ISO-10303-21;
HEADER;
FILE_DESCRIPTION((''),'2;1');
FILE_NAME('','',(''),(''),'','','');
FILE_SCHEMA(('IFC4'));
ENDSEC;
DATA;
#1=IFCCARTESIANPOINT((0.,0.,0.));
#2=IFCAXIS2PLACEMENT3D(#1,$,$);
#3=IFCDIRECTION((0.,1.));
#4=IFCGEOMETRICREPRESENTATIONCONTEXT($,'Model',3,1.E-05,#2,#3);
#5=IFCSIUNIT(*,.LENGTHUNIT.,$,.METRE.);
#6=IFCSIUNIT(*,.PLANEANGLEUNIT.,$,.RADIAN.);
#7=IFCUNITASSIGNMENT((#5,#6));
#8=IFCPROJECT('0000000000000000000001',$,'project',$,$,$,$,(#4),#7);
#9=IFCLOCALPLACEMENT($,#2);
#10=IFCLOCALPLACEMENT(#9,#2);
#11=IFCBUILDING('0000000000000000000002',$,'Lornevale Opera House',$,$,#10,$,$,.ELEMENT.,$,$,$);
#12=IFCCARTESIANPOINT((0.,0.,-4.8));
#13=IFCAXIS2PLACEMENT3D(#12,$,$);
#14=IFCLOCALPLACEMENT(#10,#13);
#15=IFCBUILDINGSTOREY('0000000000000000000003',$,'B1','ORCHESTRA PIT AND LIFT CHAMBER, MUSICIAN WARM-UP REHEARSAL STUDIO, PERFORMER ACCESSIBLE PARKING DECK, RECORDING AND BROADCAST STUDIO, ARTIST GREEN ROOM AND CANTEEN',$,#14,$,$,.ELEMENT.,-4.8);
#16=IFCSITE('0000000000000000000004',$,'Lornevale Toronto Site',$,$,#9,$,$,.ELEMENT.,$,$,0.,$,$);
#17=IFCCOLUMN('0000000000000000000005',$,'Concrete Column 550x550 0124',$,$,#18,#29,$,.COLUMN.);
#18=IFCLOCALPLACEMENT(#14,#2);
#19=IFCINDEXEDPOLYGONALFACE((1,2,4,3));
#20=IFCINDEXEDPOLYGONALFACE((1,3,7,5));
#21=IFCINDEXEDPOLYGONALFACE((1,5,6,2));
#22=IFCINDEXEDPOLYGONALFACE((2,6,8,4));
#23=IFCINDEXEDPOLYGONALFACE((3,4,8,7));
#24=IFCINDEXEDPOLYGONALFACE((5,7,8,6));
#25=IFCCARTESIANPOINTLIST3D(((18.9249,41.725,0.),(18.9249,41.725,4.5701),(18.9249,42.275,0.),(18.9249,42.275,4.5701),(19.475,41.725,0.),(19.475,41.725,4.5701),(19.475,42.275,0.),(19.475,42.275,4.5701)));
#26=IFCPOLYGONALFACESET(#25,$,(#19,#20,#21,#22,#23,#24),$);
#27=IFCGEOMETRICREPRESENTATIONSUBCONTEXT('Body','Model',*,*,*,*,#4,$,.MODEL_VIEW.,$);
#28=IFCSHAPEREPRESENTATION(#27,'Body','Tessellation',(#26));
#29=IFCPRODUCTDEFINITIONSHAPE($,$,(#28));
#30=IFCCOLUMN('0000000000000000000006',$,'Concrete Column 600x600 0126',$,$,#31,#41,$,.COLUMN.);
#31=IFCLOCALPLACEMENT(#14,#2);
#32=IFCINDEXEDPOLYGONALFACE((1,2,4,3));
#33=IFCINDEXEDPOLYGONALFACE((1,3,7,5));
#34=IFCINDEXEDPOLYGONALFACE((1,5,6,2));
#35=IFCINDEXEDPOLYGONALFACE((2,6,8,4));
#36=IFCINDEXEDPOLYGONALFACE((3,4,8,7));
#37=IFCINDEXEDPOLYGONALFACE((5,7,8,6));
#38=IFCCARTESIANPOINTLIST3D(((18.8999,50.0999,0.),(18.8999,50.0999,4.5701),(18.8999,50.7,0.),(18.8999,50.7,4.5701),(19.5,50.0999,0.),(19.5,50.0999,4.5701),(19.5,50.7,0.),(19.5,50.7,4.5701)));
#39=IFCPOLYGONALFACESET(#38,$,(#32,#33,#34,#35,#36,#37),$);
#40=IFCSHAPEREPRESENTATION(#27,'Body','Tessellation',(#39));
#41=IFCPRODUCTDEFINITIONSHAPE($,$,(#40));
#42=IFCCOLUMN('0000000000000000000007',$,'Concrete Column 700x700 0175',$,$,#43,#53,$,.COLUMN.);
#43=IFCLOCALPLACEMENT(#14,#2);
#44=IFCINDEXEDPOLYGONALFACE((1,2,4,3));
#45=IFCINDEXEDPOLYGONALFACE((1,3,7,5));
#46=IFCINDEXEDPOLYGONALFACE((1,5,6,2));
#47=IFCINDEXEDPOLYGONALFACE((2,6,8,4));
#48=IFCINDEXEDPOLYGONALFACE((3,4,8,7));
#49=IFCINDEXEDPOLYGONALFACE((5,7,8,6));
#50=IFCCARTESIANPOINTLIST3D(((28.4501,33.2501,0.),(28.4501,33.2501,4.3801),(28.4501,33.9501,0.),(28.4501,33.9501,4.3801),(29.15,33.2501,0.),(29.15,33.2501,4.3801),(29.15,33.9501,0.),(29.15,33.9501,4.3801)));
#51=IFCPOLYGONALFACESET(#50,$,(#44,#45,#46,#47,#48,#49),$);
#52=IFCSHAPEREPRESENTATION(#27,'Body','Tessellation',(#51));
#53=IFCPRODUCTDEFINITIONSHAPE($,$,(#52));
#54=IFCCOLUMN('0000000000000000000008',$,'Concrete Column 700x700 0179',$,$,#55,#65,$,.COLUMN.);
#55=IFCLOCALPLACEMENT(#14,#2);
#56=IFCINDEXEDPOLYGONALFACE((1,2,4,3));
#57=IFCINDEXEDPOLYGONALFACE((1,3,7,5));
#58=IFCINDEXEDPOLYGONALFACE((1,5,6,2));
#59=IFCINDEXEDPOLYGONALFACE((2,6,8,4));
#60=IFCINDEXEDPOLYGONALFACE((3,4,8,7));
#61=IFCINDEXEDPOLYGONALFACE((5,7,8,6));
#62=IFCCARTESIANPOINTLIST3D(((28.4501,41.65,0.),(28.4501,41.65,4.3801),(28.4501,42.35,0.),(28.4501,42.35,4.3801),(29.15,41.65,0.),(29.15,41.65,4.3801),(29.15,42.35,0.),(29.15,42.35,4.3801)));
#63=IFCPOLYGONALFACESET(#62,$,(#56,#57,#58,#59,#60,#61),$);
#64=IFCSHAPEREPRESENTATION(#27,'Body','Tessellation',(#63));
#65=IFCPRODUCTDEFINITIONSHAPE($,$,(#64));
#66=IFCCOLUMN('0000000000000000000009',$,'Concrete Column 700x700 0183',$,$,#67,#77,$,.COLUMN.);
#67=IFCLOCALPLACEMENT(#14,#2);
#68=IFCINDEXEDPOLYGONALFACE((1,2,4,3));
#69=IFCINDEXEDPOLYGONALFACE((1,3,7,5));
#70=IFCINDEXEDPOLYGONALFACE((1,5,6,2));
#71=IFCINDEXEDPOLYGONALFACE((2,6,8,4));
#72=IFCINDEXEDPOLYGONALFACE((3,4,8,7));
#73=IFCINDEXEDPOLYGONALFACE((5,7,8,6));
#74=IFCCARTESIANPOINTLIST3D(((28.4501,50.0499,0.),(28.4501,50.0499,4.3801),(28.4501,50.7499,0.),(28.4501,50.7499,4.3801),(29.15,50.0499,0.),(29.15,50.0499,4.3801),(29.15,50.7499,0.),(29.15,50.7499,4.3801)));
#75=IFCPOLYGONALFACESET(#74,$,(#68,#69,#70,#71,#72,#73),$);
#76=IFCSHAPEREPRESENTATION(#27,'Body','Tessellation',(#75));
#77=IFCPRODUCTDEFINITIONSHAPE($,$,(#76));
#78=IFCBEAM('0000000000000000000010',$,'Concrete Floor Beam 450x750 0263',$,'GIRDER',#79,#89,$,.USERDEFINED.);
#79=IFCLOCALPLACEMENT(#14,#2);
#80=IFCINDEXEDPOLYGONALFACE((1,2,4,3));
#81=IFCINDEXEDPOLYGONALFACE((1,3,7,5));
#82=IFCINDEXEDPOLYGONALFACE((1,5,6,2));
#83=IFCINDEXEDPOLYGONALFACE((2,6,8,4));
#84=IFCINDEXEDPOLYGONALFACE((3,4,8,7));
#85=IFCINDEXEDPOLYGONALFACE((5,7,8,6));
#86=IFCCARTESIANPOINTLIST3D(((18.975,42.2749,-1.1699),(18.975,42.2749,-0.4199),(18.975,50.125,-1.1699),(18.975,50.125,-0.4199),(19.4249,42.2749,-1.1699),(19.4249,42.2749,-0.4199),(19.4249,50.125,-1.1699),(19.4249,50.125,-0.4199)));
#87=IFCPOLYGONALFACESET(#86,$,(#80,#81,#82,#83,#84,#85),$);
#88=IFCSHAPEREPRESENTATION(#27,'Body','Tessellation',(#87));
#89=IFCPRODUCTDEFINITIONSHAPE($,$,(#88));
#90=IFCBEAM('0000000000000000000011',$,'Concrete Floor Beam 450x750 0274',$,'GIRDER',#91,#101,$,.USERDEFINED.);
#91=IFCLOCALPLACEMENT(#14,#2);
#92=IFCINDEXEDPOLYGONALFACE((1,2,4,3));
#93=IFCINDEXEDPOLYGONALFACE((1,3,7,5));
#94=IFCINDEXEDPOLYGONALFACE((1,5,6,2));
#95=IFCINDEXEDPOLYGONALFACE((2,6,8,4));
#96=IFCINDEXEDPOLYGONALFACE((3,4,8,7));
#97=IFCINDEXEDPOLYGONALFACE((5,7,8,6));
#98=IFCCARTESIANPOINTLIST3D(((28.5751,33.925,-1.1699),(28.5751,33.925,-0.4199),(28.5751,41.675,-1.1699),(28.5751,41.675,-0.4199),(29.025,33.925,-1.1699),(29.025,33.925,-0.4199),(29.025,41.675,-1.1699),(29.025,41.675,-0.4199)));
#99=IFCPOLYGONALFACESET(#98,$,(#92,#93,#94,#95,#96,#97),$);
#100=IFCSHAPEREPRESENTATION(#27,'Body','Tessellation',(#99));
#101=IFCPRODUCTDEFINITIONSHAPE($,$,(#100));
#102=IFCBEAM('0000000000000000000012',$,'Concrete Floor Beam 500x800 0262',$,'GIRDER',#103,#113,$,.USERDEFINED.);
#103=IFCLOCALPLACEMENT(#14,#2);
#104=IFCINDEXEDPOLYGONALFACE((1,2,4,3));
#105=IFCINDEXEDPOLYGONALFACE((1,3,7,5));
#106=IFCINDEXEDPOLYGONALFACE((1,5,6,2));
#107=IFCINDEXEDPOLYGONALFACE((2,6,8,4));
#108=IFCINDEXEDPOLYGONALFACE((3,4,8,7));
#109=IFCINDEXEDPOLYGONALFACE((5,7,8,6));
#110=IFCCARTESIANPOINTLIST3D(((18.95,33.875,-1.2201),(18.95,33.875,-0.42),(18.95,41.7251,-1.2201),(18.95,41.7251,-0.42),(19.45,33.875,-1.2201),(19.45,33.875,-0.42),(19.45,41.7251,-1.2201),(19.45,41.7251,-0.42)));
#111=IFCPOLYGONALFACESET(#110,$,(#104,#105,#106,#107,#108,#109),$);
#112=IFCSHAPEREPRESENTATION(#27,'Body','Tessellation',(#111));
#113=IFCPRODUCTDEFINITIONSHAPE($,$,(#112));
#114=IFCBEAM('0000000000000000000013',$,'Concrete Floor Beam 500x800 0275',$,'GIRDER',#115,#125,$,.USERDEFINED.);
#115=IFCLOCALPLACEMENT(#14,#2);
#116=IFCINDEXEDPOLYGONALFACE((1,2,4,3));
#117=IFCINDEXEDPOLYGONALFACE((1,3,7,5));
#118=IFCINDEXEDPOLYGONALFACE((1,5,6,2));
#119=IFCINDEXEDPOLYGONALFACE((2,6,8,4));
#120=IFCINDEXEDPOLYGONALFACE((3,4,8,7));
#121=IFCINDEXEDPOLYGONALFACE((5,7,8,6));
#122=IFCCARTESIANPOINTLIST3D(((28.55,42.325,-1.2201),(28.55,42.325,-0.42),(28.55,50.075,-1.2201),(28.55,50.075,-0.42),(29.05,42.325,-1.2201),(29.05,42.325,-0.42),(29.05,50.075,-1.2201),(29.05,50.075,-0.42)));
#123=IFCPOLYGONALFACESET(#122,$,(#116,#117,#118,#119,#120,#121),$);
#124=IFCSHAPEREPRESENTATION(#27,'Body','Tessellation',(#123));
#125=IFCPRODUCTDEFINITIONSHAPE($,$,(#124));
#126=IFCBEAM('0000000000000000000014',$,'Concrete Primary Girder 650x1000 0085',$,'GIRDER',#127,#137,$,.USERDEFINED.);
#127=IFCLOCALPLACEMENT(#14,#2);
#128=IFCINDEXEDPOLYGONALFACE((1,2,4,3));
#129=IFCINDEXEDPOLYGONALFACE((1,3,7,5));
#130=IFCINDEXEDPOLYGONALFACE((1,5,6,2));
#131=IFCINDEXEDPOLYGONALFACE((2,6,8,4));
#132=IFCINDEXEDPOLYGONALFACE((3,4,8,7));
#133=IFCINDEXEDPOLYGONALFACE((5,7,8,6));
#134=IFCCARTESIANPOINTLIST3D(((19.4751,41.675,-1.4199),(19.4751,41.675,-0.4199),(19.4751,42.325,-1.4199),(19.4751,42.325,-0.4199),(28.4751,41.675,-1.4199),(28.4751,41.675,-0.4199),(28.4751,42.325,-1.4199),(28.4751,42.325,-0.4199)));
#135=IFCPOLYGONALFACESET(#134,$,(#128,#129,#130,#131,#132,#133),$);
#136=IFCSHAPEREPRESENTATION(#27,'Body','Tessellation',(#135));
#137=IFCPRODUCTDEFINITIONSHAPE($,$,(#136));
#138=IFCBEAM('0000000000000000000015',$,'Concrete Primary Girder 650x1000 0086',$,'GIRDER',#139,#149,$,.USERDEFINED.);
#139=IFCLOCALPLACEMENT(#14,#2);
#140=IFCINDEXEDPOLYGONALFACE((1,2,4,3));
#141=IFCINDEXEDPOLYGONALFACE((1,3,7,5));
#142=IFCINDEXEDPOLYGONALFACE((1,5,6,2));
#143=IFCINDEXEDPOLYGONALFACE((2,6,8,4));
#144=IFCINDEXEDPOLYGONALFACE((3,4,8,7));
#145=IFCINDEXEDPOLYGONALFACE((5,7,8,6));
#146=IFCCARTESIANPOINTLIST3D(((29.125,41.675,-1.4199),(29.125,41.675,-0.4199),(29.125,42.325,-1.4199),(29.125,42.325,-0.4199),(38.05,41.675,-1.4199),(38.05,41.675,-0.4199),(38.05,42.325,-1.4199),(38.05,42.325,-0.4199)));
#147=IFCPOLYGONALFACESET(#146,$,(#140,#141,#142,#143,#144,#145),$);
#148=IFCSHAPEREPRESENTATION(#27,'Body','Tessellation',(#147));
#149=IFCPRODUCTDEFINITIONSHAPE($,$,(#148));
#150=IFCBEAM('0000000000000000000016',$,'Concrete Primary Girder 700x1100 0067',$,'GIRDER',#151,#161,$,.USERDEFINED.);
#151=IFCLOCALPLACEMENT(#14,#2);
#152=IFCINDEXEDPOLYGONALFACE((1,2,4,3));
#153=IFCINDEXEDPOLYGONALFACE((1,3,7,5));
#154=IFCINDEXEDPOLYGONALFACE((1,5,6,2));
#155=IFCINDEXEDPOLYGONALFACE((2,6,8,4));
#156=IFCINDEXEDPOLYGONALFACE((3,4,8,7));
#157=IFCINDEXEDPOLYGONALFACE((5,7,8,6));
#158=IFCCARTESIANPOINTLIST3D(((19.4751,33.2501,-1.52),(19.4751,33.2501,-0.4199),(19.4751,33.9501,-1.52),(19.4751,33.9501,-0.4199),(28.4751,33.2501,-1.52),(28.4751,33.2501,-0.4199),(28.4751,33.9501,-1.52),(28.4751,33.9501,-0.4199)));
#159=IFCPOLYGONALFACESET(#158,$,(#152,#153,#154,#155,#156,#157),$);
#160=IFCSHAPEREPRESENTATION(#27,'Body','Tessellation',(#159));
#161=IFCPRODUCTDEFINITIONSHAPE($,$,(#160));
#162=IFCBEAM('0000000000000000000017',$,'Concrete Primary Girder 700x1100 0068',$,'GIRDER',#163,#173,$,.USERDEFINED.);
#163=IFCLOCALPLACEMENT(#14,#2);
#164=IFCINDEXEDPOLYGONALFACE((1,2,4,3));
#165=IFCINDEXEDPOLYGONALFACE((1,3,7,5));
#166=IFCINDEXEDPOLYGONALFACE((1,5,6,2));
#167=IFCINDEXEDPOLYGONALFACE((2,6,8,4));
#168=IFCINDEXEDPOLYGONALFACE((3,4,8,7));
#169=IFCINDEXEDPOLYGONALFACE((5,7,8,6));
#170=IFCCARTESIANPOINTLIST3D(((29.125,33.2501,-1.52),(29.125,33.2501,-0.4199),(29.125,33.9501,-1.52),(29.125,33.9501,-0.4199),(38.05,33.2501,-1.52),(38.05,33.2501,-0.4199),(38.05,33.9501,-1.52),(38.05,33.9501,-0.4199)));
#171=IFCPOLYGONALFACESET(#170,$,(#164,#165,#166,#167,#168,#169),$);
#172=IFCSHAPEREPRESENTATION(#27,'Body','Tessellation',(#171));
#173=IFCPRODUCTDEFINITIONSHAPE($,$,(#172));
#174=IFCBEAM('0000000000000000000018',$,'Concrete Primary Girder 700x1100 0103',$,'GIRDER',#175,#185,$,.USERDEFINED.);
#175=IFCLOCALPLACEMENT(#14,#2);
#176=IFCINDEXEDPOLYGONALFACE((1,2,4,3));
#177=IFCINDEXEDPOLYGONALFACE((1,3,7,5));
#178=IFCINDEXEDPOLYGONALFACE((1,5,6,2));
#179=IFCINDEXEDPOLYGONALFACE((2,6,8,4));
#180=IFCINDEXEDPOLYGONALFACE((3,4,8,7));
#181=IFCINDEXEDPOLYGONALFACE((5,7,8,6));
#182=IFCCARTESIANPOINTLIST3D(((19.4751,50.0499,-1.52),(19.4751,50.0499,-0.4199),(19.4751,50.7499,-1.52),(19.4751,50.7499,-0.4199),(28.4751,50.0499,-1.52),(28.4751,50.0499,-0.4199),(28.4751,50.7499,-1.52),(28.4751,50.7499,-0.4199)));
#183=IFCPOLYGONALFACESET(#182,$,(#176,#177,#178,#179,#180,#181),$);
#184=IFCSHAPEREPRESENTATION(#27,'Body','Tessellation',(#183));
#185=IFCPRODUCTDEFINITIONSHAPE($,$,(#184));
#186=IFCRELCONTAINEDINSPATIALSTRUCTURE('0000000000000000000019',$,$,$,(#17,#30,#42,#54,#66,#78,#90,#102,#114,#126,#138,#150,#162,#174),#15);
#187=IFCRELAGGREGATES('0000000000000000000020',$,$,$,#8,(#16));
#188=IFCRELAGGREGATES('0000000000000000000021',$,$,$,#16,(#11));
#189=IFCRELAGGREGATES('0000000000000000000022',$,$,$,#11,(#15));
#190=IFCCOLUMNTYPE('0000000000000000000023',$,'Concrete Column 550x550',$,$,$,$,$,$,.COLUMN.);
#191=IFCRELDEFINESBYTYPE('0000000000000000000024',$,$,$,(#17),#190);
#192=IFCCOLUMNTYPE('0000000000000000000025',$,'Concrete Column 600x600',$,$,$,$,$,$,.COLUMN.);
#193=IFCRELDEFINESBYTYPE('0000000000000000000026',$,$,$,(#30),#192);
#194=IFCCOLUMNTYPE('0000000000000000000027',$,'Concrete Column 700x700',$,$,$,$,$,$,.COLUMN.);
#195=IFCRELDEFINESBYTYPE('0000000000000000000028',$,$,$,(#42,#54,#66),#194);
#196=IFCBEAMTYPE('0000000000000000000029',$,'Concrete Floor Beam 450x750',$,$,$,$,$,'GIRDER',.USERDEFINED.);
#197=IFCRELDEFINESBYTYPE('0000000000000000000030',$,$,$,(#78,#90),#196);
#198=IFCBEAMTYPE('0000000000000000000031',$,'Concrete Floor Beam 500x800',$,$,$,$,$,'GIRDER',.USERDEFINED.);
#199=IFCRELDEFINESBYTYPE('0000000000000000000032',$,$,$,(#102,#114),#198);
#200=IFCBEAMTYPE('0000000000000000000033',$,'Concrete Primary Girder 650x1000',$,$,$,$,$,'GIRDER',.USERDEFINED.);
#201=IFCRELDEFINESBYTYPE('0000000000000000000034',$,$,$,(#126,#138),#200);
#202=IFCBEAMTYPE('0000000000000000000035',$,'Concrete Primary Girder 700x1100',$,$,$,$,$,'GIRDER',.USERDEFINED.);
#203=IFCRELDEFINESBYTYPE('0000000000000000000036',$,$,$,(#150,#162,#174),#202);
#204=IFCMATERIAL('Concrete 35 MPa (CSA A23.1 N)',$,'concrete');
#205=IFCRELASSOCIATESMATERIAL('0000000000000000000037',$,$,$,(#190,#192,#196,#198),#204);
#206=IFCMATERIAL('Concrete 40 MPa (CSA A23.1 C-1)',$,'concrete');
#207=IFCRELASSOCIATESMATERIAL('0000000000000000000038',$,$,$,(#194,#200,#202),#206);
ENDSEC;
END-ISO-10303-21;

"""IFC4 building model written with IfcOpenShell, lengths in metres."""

from ifc_helpers import new_model, si_unit, direction, frame, origin, origin_2d, place, context, subcontext, project, spatial, rectangle, extrude, material, material_profile, profile_set, type_object, element, save


model = new_model("IFC4")

# Units and contexts
model_context = context("Model", 3, precision=1e-05, world=origin(), true_north=direction((0.0, 1.0)))
body_context = subcontext(model_context, "Body", "Model", "MODEL_VIEW")
ifc_project = project(units=[si_unit("LENGTHUNIT", "METRE"), si_unit("PLANEANGLEUNIT", "RADIAN")], contexts=[model_context])

# Site, building, storey
site_placement = place(None, origin())
site = spatial("IfcSite", under=ifc_project, at=site_placement, Name="Lornevale Toronto Site", CompositionType="ELEMENT", RefElevation=0.0)
building_placement = place(site_placement, origin())
building = spatial("IfcBuilding", under=site, at=building_placement, Name="Lornevale Opera House", CompositionType="ELEMENT")
storey_placement = place(building_placement, frame((0.0, 0.0, -4.8)))
storey = spatial("IfcBuildingStorey", under=building, at=storey_placement, Name="B1", Description="ORCHESTRA PIT AND LIFT CHAMBER, MUSICIAN WARM-UP REHEARSAL STUDIO, PERFORMER ACCESSIBLE PARKING DECK, RECORDING AND BROADCAST STUDIO, ARTIST GREEN ROOM AND CANTEEN", CompositionType="ELEMENT", Elevation=-4.8)

# Columns
ifc_material_1 = material(Name="Concrete 35 MPa (CSA A23.1 N)", Category="concrete")
ifc_material_profile_1 = material_profile(ifc_material_1, rectangle(XDim=0.55, YDim=0.55, at=origin_2d()), Name="RC550x550")
ifc_profile_set_1 = profile_set([ifc_material_profile_1], Name="Concrete 35 MPa (CSA A23.1 N)")
column_type_1 = type_object("IfcColumnType", Name="Concrete Column 550x550", PredefinedType="COLUMN", material=ifc_profile_set_1)
column_1_placement = place(storey_placement, frame((19.2, 42.0, 0.0), z_axis=(0.0, 0.0, 1.0), x_axis=(1.0, 0.0, 0.0)))
element("IfcColumn", 1, at=column_1_placement, inside=storey, type_object=column_type_1, Name="Concrete Column 550x550 0124", PredefinedType="COLUMN", context=body_context, shape_type="SweptSolid", body=[
    extrude(rectangle(XDim=0.55, YDim=0.55, at=origin_2d()), origin(), (0.0, 0.0, 1.0), 4.5701),
])
ifc_material_profile_2 = material_profile(ifc_material_1, rectangle(XDim=0.6001, YDim=0.6001, at=origin_2d()), Name="RC600x600")
ifc_profile_set_2 = profile_set([ifc_material_profile_2], Name="Concrete 35 MPa (CSA A23.1 N)")
column_type_2 = type_object("IfcColumnType", Name="Concrete Column 600x600", PredefinedType="COLUMN", material=ifc_profile_set_2)
column_2_placement = place(storey_placement, frame((19.2, 50.3999, 0.0), z_axis=(0.0, 0.0, 1.0), x_axis=(1.0, 0.0, 0.0)))
element("IfcColumn", 2, at=column_2_placement, inside=storey, type_object=column_type_2, Name="Concrete Column 600x600 0126", PredefinedType="COLUMN", context=body_context, shape_type="SweptSolid", body=[
    extrude(rectangle(XDim=0.6001, YDim=0.6001, at=origin_2d()), origin(), (0.0, 0.0, 1.0), 4.5701),
])
ifc_material_2 = material(Name="Concrete 40 MPa (CSA A23.1 C-1)", Category="concrete")
ifc_material_profile_3 = material_profile(ifc_material_2, rectangle(XDim=0.7, YDim=0.7, at=origin_2d()), Name="RC700x700")
ifc_profile_set_3 = profile_set([ifc_material_profile_3], Name="Concrete 40 MPa (CSA A23.1 C-1)")
column_type_3 = type_object("IfcColumnType", Name="Concrete Column 700x700", PredefinedType="COLUMN", material=ifc_profile_set_3)
for number, where, z_axis, x_axis, name in (
    (3, (28.8, 33.6001, 0.0), (0.0, 0.0, 1.0), (1.0, 0.0, 0.0), "Concrete Column 700x700 0175"),
    (4, (28.8, 42.0, 0.0), (0.0, 0.0, 1.0), (1.0, 0.0, 0.0), "Concrete Column 700x700 0179"),
    (5, (28.8, 50.3999, 0.0), (0.0, 0.0, 1.0), (1.0, 0.0, 0.0), "Concrete Column 700x700 0183"),
):
    element("IfcColumn", number, at=place(storey_placement, frame(where, z_axis=z_axis, x_axis=x_axis)), inside=storey, type_object=column_type_3, Name=name, PredefinedType="COLUMN", context=body_context, shape_type="SweptSolid", body=[
        extrude(rectangle(XDim=0.7, YDim=0.7, at=origin_2d()), origin(), (0.0, 0.0, 1.0), 4.3801),
    ])

# Beams
ifc_material_profile_4 = material_profile(ifc_material_1, rectangle(XDim=0.45, YDim=0.75, at=origin_2d()), Name="RC450x750")
ifc_profile_set_4 = profile_set([ifc_material_profile_4], Name="Concrete 35 MPa (CSA A23.1 N)")
beam_type_1 = type_object("IfcBeamType", Name="Concrete Floor Beam 450x750", ElementType="GIRDER", PredefinedType="USERDEFINED", material=ifc_profile_set_4)
beam_1_placement = place(storey_placement, frame((19.2, 42.2749, -0.7949), z_axis=(0.0, 1.0, 0.0), x_axis=(-1.0, 0.0, 0.0)))
element("IfcBeam", 6, at=beam_1_placement, inside=storey, type_object=beam_type_1, Name="Concrete Floor Beam 450x750 0263", ObjectType="GIRDER", PredefinedType="USERDEFINED", context=body_context, shape_type="SweptSolid", body=[
    extrude(rectangle(XDim=0.45, YDim=0.75, at=origin_2d()), origin(), (0.0, 0.0, 1.0), 7.8501),
])
beam_2_placement = place(storey_placement, frame((28.8, 33.925, -0.7949), z_axis=(0.0, 1.0, 0.0), x_axis=(-1.0, 0.0, 0.0)))
element("IfcBeam", 7, at=beam_2_placement, inside=storey, type_object=beam_type_1, Name="Concrete Floor Beam 450x750 0274", ObjectType="GIRDER", PredefinedType="USERDEFINED", context=body_context, shape_type="SweptSolid", body=[
    extrude(rectangle(XDim=0.45, YDim=0.75, at=origin_2d()), origin(), (0.0, 0.0, 1.0), 7.75),
])
ifc_material_profile_5 = material_profile(ifc_material_1, rectangle(XDim=0.5, YDim=0.8, at=origin_2d()), Name="RC500x800")
ifc_profile_set_5 = profile_set([ifc_material_profile_5], Name="Concrete 35 MPa (CSA A23.1 N)")
beam_type_2 = type_object("IfcBeamType", Name="Concrete Floor Beam 500x800", ElementType="GIRDER", PredefinedType="USERDEFINED", material=ifc_profile_set_5)
beam_3_placement = place(storey_placement, frame((19.2, 33.875, -0.8201), z_axis=(0.0, 1.0, 0.0), x_axis=(-1.0, 0.0, 0.0)))
element("IfcBeam", 8, at=beam_3_placement, inside=storey, type_object=beam_type_2, Name="Concrete Floor Beam 500x800 0262", ObjectType="GIRDER", PredefinedType="USERDEFINED", context=body_context, shape_type="SweptSolid", body=[
    extrude(rectangle(XDim=0.5, YDim=0.8, at=origin_2d()), origin(), (0.0, 0.0, 1.0), 7.8501),
])
beam_4_placement = place(storey_placement, frame((28.8, 42.325, -0.8201), z_axis=(0.0, 1.0, 0.0), x_axis=(-1.0, 0.0, 0.0)))
element("IfcBeam", 9, at=beam_4_placement, inside=storey, type_object=beam_type_2, Name="Concrete Floor Beam 500x800 0275", ObjectType="GIRDER", PredefinedType="USERDEFINED", context=body_context, shape_type="SweptSolid", body=[
    extrude(rectangle(XDim=0.5, YDim=0.8, at=origin_2d()), origin(), (0.0, 0.0, 1.0), 7.75),
])
ifc_material_profile_6 = material_profile(ifc_material_2, rectangle(XDim=0.6499, YDim=1.0, at=origin_2d()), Name="RC650x1000")
ifc_profile_set_6 = profile_set([ifc_material_profile_6], Name="Concrete 40 MPa (CSA A23.1 C-1)")
beam_type_3 = type_object("IfcBeamType", Name="Concrete Primary Girder 650x1000", ElementType="GIRDER", PredefinedType="USERDEFINED", material=ifc_profile_set_6)
beam_5_placement = place(storey_placement, frame((19.4751, 42.0, -0.9199), z_axis=(1.0, 0.0, 0.0), x_axis=(0.0, 1.0, 0.0)))
element("IfcBeam", 10, at=beam_5_placement, inside=storey, type_object=beam_type_3, Name="Concrete Primary Girder 650x1000 0085", ObjectType="GIRDER", PredefinedType="USERDEFINED", context=body_context, shape_type="SweptSolid", body=[
    extrude(rectangle(XDim=0.6499, YDim=1.0, at=origin_2d()), origin(), (0.0, 0.0, 1.0), 9.0),
])
beam_6_placement = place(storey_placement, frame((29.125, 42.0, -0.9199), z_axis=(1.0, 0.0, 0.0), x_axis=(0.0, 1.0, 0.0)))
element("IfcBeam", 11, at=beam_6_placement, inside=storey, type_object=beam_type_3, Name="Concrete Primary Girder 650x1000 0086", ObjectType="GIRDER", PredefinedType="USERDEFINED", context=body_context, shape_type="SweptSolid", body=[
    extrude(rectangle(XDim=0.6499, YDim=1.0, at=origin_2d()), origin(), (0.0, 0.0, 1.0), 8.925),
])
ifc_material_profile_7 = material_profile(ifc_material_2, rectangle(XDim=0.7, YDim=1.1001, at=origin_2d()), Name="RC700x1100")
ifc_profile_set_7 = profile_set([ifc_material_profile_7], Name="Concrete 40 MPa (CSA A23.1 C-1)")
beam_type_4 = type_object("IfcBeamType", Name="Concrete Primary Girder 700x1100", ElementType="GIRDER", PredefinedType="USERDEFINED", material=ifc_profile_set_7)
beam_7_placement = place(storey_placement, frame((19.4751, 33.6001, -0.97), z_axis=(1.0, 0.0, 0.0), x_axis=(0.0, 1.0, 0.0)))
element("IfcBeam", 12, at=beam_7_placement, inside=storey, type_object=beam_type_4, Name="Concrete Primary Girder 700x1100 0067", ObjectType="GIRDER", PredefinedType="USERDEFINED", context=body_context, shape_type="SweptSolid", body=[
    extrude(rectangle(XDim=0.7, YDim=1.1001, at=origin_2d()), origin(), (0.0, 0.0, 1.0), 9.0),
])
beam_8_placement = place(storey_placement, frame((29.125, 33.6001, -0.97), z_axis=(1.0, 0.0, 0.0), x_axis=(0.0, 1.0, 0.0)))
element("IfcBeam", 13, at=beam_8_placement, inside=storey, type_object=beam_type_4, Name="Concrete Primary Girder 700x1100 0068", ObjectType="GIRDER", PredefinedType="USERDEFINED", context=body_context, shape_type="SweptSolid", body=[
    extrude(rectangle(XDim=0.7, YDim=1.1001, at=origin_2d()), origin(), (0.0, 0.0, 1.0), 8.925),
])
beam_9_placement = place(storey_placement, frame((19.4751, 50.3999, -0.97), z_axis=(1.0, 0.0, 0.0), x_axis=(0.0, 1.0, 0.0)))
element("IfcBeam", 14, at=beam_9_placement, inside=storey, type_object=beam_type_4, Name="Concrete Primary Girder 700x1100 0103", ObjectType="GIRDER", PredefinedType="USERDEFINED", context=body_context, shape_type="SweptSolid", body=[
    extrude(rectangle(XDim=0.7, YDim=1.1001, at=origin_2d()), origin(), (0.0, 0.0, 1.0), 9.0),
])

save(model, "model.ifc")
